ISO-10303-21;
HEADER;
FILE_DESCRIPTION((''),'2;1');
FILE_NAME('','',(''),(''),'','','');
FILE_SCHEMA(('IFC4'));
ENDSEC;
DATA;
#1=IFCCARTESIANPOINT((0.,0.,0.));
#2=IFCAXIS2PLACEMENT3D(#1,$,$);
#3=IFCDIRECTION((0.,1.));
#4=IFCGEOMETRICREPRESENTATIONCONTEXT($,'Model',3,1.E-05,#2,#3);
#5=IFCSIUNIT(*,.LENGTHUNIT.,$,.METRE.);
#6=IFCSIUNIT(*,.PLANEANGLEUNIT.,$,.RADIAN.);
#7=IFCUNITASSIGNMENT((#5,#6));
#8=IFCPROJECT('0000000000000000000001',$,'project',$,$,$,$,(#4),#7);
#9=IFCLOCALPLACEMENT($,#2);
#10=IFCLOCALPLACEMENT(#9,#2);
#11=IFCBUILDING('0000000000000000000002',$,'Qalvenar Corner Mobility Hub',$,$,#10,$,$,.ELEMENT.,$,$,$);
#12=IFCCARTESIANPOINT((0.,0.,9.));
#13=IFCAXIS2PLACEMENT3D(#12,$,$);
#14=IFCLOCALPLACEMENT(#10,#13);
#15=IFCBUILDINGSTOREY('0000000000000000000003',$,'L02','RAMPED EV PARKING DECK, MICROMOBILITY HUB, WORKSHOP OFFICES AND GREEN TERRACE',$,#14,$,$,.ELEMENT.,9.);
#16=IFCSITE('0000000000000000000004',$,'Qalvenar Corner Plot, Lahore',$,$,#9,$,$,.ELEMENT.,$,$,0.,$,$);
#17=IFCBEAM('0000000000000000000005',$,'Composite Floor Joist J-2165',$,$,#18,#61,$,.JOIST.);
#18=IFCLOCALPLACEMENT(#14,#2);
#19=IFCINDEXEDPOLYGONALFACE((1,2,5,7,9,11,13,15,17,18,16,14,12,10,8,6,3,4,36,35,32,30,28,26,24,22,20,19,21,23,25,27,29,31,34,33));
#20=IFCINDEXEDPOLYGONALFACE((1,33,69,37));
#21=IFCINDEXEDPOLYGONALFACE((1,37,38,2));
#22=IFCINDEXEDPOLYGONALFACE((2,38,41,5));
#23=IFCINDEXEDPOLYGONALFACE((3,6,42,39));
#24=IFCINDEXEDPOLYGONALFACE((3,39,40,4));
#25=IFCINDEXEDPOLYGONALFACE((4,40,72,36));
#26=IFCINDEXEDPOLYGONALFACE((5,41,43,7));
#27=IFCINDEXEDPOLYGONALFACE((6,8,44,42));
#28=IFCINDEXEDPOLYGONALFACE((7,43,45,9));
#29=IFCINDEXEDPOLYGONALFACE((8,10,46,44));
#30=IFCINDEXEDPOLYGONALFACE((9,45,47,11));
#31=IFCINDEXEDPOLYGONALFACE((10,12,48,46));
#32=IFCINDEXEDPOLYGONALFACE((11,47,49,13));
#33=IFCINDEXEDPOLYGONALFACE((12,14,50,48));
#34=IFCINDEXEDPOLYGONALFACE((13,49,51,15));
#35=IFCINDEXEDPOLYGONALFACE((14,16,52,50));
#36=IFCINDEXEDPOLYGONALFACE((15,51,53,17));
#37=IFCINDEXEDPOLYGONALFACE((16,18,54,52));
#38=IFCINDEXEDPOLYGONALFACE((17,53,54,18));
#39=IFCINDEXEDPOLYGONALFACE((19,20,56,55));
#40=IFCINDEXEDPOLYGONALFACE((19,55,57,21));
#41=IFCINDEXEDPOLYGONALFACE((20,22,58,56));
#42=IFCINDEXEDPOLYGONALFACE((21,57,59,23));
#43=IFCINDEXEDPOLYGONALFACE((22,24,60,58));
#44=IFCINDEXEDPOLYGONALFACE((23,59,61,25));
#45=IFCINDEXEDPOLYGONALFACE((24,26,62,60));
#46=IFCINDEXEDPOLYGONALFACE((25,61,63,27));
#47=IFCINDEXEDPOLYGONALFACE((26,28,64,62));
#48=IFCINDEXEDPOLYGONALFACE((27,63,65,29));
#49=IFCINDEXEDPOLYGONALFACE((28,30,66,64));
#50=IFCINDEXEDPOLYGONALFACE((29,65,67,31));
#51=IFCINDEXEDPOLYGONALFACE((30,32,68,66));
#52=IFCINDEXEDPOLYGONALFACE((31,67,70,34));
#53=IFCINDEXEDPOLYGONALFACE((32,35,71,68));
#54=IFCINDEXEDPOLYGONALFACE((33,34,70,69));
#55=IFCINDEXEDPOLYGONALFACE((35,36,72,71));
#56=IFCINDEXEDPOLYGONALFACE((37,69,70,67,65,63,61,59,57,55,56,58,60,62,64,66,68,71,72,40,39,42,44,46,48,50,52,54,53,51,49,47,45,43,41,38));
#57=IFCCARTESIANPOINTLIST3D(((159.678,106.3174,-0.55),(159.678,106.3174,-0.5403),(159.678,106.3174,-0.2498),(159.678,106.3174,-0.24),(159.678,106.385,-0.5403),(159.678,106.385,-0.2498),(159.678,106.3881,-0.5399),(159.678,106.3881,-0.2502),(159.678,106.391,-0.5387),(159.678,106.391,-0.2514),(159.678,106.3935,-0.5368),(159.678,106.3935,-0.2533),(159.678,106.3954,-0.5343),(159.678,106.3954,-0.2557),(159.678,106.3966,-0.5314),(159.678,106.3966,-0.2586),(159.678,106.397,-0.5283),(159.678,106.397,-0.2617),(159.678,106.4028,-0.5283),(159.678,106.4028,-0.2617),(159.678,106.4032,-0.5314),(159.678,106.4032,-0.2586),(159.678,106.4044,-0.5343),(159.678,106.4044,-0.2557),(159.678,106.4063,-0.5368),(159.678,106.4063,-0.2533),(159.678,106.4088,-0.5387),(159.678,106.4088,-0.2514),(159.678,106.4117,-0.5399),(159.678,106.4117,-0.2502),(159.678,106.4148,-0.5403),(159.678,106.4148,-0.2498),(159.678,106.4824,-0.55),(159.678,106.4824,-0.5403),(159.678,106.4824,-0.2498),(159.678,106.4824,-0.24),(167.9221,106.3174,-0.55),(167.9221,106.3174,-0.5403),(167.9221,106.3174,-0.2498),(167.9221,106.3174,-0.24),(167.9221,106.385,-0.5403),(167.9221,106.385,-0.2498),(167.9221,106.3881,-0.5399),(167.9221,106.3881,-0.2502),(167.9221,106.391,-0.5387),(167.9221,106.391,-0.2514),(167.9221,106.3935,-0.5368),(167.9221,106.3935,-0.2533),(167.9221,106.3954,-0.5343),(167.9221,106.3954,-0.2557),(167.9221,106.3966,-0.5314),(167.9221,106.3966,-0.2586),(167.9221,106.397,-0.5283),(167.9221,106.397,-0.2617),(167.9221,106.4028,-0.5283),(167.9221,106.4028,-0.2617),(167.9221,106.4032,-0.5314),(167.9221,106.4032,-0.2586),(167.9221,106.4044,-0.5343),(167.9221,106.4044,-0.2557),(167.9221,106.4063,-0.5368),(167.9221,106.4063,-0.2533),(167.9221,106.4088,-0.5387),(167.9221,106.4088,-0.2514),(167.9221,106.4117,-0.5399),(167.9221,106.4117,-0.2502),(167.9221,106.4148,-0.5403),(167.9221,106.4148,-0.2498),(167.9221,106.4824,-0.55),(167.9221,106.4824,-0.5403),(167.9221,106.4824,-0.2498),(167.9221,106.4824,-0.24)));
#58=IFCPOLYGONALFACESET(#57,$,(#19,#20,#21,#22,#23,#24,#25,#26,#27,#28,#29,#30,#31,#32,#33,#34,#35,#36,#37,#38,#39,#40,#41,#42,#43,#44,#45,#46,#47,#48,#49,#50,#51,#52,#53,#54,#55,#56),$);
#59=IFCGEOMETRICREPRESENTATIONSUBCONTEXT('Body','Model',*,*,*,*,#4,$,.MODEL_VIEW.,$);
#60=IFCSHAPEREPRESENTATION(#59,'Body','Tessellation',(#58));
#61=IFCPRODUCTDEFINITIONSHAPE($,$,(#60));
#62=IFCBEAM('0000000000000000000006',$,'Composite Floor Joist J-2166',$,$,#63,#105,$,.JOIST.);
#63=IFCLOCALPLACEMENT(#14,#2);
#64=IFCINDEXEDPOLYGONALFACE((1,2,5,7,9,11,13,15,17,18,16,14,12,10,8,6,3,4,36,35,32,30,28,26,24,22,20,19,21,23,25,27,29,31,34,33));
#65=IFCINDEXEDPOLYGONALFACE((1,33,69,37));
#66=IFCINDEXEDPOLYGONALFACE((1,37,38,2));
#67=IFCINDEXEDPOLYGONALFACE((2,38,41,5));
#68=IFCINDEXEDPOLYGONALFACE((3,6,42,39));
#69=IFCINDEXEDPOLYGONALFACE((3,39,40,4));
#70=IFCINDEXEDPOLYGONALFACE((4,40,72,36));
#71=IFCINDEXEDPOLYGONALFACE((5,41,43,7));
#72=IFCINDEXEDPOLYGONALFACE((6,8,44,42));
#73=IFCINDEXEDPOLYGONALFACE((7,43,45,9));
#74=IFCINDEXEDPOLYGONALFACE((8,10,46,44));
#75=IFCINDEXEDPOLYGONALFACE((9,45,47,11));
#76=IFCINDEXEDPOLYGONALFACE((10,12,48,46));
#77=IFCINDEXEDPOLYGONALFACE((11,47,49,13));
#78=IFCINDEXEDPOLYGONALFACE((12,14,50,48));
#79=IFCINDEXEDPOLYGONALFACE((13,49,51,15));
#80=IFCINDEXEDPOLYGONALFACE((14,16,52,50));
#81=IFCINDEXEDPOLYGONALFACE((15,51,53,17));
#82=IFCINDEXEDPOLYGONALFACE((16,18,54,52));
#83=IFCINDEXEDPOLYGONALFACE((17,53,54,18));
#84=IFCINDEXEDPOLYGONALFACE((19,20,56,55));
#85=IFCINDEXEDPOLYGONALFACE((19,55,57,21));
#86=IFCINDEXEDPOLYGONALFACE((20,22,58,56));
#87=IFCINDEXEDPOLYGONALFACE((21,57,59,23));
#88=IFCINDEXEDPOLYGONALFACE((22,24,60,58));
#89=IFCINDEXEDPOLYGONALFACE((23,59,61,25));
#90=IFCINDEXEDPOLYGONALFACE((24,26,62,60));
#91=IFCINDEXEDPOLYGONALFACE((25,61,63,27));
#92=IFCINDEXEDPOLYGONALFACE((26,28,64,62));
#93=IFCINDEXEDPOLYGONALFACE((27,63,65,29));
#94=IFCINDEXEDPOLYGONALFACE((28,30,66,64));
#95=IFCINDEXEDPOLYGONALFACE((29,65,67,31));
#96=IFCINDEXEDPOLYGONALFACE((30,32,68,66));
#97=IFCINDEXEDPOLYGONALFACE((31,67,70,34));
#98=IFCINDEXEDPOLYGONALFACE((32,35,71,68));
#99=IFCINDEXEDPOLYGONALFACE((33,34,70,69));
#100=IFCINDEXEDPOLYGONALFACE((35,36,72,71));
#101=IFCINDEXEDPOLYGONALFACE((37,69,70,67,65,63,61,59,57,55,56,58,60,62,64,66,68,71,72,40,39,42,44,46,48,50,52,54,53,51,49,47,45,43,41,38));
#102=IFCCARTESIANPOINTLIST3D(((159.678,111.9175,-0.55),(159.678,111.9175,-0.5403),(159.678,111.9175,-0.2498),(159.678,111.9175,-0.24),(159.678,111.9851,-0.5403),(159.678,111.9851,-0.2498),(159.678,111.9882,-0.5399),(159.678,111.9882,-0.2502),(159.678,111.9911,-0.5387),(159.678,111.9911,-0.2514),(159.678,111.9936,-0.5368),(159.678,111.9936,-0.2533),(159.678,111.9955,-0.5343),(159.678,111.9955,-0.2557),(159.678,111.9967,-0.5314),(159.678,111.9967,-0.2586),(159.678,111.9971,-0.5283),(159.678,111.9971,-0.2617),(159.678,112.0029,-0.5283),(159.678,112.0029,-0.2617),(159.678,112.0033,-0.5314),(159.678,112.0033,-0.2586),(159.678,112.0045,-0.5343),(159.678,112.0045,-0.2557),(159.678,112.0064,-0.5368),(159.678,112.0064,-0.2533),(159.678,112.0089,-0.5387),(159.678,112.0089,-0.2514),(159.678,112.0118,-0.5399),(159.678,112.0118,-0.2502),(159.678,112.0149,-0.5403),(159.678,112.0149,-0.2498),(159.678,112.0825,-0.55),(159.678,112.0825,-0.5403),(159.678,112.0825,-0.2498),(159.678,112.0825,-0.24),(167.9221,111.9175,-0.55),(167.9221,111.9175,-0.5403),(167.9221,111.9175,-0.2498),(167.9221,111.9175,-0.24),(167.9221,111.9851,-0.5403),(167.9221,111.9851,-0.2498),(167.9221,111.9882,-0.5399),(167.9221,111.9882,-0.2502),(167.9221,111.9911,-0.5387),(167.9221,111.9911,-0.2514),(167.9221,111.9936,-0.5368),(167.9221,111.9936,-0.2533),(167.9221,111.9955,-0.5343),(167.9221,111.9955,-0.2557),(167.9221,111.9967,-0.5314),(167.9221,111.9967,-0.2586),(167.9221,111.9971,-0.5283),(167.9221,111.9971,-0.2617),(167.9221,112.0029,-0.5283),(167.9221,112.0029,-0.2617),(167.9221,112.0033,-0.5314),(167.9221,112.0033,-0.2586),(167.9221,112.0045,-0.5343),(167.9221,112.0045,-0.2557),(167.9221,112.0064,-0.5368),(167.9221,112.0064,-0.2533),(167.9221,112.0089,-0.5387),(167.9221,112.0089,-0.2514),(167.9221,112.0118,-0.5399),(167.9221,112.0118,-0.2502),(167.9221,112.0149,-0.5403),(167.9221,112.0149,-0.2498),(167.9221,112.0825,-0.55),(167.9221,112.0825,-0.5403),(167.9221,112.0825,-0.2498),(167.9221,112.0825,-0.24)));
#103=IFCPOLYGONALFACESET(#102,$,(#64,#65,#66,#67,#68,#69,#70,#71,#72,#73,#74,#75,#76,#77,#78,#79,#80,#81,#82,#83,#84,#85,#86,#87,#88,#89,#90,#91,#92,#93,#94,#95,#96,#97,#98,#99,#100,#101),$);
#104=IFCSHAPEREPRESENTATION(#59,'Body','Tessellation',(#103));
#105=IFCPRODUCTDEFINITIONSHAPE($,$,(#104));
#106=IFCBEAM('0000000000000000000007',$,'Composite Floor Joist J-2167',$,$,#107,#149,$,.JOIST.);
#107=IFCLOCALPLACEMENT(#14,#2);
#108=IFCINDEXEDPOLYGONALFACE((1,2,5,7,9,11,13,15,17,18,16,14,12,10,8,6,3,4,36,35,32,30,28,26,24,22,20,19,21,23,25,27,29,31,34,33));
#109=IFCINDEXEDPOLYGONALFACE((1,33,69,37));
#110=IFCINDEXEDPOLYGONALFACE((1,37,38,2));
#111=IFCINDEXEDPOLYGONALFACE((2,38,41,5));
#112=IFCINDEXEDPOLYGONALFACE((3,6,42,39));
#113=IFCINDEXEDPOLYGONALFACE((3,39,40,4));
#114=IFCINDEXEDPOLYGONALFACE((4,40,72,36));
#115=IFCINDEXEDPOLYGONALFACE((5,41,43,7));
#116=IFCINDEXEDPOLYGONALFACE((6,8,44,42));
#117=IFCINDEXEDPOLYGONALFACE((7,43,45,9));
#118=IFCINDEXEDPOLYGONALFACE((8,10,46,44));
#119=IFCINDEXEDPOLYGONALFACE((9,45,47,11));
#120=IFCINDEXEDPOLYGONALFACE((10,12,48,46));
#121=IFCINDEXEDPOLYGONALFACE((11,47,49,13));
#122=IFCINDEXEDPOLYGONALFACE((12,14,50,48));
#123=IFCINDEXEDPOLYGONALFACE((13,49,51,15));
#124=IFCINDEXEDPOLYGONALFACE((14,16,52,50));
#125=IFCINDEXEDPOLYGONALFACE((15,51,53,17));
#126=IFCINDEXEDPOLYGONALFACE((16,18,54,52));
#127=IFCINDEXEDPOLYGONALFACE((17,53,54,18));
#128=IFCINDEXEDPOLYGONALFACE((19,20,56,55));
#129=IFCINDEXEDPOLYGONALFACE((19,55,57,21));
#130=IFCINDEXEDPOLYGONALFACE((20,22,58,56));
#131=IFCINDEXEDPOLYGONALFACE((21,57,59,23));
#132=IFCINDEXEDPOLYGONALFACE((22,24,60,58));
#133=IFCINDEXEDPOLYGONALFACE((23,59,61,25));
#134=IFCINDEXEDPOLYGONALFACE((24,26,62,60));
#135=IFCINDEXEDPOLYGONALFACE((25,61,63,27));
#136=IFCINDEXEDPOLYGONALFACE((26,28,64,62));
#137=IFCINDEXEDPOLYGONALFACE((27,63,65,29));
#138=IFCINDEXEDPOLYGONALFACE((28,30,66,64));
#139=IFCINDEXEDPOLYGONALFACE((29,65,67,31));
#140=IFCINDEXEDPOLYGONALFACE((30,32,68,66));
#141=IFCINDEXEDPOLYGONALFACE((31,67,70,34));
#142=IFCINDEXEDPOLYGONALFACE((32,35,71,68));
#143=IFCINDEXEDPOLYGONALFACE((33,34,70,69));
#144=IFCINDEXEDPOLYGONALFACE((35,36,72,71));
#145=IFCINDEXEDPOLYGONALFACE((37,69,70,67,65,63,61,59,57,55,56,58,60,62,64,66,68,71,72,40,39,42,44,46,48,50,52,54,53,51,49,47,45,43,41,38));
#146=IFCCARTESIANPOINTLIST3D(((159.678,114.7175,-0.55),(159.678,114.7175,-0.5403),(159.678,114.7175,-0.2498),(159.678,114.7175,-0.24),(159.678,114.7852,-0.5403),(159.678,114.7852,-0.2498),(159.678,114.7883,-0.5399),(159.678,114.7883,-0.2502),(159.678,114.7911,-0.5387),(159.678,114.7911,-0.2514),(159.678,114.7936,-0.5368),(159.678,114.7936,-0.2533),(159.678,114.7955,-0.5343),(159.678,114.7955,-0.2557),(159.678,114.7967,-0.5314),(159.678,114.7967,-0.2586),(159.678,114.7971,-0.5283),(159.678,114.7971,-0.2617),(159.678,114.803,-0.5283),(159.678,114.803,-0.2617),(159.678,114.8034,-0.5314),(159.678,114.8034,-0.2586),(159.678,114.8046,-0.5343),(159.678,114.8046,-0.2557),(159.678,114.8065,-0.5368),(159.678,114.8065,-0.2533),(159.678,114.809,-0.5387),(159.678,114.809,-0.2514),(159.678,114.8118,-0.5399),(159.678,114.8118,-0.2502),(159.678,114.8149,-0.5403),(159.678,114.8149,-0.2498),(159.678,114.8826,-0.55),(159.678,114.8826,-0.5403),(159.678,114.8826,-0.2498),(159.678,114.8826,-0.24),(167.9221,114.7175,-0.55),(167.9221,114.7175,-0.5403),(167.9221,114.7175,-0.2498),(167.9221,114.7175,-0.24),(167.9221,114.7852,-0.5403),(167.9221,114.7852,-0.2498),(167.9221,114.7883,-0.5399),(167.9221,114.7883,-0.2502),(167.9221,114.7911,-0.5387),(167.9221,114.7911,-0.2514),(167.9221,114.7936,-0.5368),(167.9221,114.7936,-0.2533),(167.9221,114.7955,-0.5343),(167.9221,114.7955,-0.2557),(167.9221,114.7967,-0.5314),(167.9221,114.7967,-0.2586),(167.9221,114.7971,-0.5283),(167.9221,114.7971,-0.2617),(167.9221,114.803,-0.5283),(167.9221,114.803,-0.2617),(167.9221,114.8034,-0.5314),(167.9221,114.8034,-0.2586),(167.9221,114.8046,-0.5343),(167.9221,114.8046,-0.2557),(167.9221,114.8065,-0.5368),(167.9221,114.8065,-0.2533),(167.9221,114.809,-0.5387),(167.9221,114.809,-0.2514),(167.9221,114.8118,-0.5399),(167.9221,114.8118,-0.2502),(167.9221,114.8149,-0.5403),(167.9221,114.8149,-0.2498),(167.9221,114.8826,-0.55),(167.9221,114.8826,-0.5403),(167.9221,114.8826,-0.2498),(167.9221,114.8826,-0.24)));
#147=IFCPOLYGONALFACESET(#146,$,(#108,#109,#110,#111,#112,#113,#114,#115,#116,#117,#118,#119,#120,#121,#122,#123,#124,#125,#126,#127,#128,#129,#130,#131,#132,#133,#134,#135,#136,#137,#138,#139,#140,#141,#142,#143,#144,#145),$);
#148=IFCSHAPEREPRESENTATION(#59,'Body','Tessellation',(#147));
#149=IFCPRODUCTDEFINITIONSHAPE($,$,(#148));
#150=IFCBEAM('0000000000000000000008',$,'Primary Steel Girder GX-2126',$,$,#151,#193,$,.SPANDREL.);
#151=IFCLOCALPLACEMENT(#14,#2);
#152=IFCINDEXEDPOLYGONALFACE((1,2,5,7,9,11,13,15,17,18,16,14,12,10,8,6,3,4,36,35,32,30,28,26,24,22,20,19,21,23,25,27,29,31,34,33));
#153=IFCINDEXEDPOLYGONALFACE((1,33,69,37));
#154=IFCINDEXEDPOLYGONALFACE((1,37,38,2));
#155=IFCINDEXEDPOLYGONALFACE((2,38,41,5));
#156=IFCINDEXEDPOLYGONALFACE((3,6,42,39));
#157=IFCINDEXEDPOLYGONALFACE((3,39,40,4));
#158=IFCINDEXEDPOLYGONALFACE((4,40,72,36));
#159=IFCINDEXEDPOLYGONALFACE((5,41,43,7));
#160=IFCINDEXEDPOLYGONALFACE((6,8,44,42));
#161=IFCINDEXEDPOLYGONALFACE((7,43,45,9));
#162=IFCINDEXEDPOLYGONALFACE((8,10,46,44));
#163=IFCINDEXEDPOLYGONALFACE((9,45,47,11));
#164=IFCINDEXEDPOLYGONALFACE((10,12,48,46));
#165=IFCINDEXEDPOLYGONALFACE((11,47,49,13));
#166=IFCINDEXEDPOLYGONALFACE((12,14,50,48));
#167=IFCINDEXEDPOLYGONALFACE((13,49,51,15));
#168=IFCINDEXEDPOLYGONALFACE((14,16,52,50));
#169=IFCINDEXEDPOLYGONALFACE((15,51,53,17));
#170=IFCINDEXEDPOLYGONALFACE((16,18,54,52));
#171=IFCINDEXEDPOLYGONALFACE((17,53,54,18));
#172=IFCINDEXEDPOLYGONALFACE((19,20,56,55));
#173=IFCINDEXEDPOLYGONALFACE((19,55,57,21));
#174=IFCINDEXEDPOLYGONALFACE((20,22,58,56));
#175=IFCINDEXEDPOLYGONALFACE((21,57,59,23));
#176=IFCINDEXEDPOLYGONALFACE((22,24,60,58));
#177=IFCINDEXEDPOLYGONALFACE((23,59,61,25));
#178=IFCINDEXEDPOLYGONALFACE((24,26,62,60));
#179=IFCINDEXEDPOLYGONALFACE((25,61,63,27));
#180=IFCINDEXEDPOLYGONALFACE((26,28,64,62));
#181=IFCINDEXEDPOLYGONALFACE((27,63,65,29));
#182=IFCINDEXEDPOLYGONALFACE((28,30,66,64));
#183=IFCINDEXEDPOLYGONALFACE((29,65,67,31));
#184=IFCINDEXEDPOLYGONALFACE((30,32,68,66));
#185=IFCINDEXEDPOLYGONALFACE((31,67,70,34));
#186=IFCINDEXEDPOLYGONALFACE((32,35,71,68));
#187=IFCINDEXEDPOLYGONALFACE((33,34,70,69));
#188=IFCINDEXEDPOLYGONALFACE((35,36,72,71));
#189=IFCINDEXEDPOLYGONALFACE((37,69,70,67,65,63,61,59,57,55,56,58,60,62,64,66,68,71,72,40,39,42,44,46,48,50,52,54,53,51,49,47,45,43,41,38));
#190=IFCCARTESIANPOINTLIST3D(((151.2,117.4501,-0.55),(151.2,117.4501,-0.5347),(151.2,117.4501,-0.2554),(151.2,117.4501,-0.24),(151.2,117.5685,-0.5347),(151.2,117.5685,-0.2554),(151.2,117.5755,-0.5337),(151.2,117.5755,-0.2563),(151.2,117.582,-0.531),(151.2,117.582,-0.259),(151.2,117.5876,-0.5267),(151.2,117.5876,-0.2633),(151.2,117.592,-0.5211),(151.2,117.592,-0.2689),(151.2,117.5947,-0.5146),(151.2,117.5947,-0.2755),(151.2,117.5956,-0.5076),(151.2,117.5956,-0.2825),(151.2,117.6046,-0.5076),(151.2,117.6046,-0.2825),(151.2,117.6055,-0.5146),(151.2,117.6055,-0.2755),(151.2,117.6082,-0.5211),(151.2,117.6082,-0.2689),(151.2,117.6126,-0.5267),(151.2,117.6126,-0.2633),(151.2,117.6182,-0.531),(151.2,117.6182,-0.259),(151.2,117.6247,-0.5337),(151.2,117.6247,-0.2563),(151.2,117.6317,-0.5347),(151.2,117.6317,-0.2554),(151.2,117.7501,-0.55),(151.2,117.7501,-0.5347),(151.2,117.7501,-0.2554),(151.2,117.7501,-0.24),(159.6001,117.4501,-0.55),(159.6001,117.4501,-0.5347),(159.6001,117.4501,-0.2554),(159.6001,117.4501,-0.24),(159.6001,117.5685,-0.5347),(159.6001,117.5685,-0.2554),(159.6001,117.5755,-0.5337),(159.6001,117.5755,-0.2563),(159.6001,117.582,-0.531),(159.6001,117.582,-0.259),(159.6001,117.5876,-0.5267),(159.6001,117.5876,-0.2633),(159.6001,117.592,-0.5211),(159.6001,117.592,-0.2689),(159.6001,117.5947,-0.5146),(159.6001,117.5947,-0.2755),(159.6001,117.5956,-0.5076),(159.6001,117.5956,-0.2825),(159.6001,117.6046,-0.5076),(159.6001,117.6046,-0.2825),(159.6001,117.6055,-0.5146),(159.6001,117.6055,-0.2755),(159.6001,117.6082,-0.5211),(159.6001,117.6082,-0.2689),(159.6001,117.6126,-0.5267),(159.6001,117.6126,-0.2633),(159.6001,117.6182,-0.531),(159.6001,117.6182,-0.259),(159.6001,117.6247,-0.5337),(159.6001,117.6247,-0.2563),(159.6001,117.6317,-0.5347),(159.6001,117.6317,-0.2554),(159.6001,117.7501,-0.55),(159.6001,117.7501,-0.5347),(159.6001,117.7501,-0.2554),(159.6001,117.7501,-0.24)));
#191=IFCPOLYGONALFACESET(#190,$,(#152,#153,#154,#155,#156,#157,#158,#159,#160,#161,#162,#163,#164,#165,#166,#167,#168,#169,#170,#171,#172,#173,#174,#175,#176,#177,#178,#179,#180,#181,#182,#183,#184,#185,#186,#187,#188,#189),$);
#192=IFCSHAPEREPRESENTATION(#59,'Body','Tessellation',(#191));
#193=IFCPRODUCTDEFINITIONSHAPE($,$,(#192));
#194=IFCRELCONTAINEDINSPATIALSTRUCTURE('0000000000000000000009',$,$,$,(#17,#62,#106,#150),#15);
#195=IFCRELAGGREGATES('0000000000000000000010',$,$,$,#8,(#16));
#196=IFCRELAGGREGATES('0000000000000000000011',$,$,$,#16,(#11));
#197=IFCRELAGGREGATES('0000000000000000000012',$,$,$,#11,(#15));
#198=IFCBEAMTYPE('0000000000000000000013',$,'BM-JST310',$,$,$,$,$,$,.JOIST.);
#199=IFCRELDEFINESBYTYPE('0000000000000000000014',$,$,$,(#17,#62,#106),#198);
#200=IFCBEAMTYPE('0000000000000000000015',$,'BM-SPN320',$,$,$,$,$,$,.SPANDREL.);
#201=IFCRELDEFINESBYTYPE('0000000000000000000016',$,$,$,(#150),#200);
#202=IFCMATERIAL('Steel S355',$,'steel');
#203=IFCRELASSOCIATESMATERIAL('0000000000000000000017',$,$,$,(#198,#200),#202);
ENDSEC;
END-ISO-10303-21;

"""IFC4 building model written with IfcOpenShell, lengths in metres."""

from ifc_helpers import new_model, si_unit, direction, frame, origin, origin_2d, place, context, subcontext, project, spatial, i_section, extrude, material, material_profile, profile_set, type_object, element, save


model = new_model("IFC4")

# Units and contexts
model_context = context("Model", 3, precision=1e-05, world=origin(), true_north=direction((0.0, 1.0)))
body_context = subcontext(model_context, "Body", "Model", "MODEL_VIEW")
ifc_project = project(units=[si_unit("LENGTHUNIT", "METRE"), si_unit("PLANEANGLEUNIT", "RADIAN")], contexts=[model_context])

# Site, building, storey
site_placement = place(None, origin())
site = spatial("IfcSite", under=ifc_project, at=site_placement, Name="Qalvenar Corner Plot, Lahore", CompositionType="ELEMENT", RefElevation=0.0)
building_placement = place(site_placement, origin())
building = spatial("IfcBuilding", under=site, at=building_placement, Name="Qalvenar Corner Mobility Hub", CompositionType="ELEMENT")
storey_placement = place(building_placement, frame((0.0, 0.0, 9.0)))
storey = spatial("IfcBuildingStorey", under=building, at=storey_placement, Name="L02", Description="RAMPED EV PARKING DECK, MICROMOBILITY HUB, WORKSHOP OFFICES AND GREEN TERRACE", CompositionType="ELEMENT", Elevation=9.0)

# Shared definitions
ifc_material_1 = material(Name="Steel S355", Category="steel")

# Beams
ifc_material_profile_1 = material_profile(ifc_material_1, i_section(OverallWidth=0.165, OverallDepth=0.3101, WebThickness=0.0059, FlangeThickness=0.0098, FilletRadius=0.012, at=origin_2d()), Name="W310x38.7")
ifc_profile_set_1 = profile_set([ifc_material_profile_1], Name="Steel S355")
beam_type_1 = type_object("IfcBeamType", Name="BM-JST310", PredefinedType="JOIST", material=ifc_profile_set_1)
for number, where, z_axis, x_axis, name in (
    (1, (159.678, 106.3999, -0.395), (1.0, 0.0, 0.0), (0.0, 1.0, 0.0), "Composite Floor Joist J-2165"),
    (2, (159.678, 112.0, -0.395), (1.0, 0.0, 0.0), (0.0, 1.0, 0.0), "Composite Floor Joist J-2166"),
    (3, (159.678, 114.8, -0.395), (1.0, 0.0, 0.0), (0.0, 1.0, 0.0), "Composite Floor Joist J-2167"),
):
    element("IfcBeam", number, at=place(storey_placement, frame(where, z_axis=z_axis, x_axis=x_axis)), inside=storey, type_object=beam_type_1, Name=name, PredefinedType="JOIST", context=body_context, shape_type="SweptSolid", body=[
        extrude(i_section(OverallWidth=0.165, OverallDepth=0.3101, WebThickness=0.0059, FlangeThickness=0.0098, FilletRadius=0.012, at=origin_2d()), origin(), (0.0, 0.0, 1.0), 8.2441),
    ])
ifc_material_profile_2 = material_profile(ifc_material_1, i_section(OverallWidth=0.3, OverallDepth=0.3101, WebThickness=0.009, FlangeThickness=0.0154, FilletRadius=0.0271, at=origin_2d()), Name="HEA320")
ifc_profile_set_2 = profile_set([ifc_material_profile_2], Name="Steel S355")
beam_type_2 = type_object("IfcBeamType", Name="BM-SPN320", PredefinedType="SPANDREL", material=ifc_profile_set_2)
beam_1_placement = place(storey_placement, frame((151.2, 117.6001, -0.395), z_axis=(1.0, 0.0, 0.0), x_axis=(0.0, 1.0, 0.0)))
element("IfcBeam", 4, at=beam_1_placement, inside=storey, type_object=beam_type_2, Name="Primary Steel Girder GX-2126", PredefinedType="SPANDREL", context=body_context, shape_type="SweptSolid", body=[
    extrude(i_section(OverallWidth=0.3, OverallDepth=0.3101, WebThickness=0.009, FlangeThickness=0.0154, FilletRadius=0.0271, at=origin_2d()), origin(), (0.0, 0.0, 1.0), 8.4001),
])

save(model, "model.ifc")
